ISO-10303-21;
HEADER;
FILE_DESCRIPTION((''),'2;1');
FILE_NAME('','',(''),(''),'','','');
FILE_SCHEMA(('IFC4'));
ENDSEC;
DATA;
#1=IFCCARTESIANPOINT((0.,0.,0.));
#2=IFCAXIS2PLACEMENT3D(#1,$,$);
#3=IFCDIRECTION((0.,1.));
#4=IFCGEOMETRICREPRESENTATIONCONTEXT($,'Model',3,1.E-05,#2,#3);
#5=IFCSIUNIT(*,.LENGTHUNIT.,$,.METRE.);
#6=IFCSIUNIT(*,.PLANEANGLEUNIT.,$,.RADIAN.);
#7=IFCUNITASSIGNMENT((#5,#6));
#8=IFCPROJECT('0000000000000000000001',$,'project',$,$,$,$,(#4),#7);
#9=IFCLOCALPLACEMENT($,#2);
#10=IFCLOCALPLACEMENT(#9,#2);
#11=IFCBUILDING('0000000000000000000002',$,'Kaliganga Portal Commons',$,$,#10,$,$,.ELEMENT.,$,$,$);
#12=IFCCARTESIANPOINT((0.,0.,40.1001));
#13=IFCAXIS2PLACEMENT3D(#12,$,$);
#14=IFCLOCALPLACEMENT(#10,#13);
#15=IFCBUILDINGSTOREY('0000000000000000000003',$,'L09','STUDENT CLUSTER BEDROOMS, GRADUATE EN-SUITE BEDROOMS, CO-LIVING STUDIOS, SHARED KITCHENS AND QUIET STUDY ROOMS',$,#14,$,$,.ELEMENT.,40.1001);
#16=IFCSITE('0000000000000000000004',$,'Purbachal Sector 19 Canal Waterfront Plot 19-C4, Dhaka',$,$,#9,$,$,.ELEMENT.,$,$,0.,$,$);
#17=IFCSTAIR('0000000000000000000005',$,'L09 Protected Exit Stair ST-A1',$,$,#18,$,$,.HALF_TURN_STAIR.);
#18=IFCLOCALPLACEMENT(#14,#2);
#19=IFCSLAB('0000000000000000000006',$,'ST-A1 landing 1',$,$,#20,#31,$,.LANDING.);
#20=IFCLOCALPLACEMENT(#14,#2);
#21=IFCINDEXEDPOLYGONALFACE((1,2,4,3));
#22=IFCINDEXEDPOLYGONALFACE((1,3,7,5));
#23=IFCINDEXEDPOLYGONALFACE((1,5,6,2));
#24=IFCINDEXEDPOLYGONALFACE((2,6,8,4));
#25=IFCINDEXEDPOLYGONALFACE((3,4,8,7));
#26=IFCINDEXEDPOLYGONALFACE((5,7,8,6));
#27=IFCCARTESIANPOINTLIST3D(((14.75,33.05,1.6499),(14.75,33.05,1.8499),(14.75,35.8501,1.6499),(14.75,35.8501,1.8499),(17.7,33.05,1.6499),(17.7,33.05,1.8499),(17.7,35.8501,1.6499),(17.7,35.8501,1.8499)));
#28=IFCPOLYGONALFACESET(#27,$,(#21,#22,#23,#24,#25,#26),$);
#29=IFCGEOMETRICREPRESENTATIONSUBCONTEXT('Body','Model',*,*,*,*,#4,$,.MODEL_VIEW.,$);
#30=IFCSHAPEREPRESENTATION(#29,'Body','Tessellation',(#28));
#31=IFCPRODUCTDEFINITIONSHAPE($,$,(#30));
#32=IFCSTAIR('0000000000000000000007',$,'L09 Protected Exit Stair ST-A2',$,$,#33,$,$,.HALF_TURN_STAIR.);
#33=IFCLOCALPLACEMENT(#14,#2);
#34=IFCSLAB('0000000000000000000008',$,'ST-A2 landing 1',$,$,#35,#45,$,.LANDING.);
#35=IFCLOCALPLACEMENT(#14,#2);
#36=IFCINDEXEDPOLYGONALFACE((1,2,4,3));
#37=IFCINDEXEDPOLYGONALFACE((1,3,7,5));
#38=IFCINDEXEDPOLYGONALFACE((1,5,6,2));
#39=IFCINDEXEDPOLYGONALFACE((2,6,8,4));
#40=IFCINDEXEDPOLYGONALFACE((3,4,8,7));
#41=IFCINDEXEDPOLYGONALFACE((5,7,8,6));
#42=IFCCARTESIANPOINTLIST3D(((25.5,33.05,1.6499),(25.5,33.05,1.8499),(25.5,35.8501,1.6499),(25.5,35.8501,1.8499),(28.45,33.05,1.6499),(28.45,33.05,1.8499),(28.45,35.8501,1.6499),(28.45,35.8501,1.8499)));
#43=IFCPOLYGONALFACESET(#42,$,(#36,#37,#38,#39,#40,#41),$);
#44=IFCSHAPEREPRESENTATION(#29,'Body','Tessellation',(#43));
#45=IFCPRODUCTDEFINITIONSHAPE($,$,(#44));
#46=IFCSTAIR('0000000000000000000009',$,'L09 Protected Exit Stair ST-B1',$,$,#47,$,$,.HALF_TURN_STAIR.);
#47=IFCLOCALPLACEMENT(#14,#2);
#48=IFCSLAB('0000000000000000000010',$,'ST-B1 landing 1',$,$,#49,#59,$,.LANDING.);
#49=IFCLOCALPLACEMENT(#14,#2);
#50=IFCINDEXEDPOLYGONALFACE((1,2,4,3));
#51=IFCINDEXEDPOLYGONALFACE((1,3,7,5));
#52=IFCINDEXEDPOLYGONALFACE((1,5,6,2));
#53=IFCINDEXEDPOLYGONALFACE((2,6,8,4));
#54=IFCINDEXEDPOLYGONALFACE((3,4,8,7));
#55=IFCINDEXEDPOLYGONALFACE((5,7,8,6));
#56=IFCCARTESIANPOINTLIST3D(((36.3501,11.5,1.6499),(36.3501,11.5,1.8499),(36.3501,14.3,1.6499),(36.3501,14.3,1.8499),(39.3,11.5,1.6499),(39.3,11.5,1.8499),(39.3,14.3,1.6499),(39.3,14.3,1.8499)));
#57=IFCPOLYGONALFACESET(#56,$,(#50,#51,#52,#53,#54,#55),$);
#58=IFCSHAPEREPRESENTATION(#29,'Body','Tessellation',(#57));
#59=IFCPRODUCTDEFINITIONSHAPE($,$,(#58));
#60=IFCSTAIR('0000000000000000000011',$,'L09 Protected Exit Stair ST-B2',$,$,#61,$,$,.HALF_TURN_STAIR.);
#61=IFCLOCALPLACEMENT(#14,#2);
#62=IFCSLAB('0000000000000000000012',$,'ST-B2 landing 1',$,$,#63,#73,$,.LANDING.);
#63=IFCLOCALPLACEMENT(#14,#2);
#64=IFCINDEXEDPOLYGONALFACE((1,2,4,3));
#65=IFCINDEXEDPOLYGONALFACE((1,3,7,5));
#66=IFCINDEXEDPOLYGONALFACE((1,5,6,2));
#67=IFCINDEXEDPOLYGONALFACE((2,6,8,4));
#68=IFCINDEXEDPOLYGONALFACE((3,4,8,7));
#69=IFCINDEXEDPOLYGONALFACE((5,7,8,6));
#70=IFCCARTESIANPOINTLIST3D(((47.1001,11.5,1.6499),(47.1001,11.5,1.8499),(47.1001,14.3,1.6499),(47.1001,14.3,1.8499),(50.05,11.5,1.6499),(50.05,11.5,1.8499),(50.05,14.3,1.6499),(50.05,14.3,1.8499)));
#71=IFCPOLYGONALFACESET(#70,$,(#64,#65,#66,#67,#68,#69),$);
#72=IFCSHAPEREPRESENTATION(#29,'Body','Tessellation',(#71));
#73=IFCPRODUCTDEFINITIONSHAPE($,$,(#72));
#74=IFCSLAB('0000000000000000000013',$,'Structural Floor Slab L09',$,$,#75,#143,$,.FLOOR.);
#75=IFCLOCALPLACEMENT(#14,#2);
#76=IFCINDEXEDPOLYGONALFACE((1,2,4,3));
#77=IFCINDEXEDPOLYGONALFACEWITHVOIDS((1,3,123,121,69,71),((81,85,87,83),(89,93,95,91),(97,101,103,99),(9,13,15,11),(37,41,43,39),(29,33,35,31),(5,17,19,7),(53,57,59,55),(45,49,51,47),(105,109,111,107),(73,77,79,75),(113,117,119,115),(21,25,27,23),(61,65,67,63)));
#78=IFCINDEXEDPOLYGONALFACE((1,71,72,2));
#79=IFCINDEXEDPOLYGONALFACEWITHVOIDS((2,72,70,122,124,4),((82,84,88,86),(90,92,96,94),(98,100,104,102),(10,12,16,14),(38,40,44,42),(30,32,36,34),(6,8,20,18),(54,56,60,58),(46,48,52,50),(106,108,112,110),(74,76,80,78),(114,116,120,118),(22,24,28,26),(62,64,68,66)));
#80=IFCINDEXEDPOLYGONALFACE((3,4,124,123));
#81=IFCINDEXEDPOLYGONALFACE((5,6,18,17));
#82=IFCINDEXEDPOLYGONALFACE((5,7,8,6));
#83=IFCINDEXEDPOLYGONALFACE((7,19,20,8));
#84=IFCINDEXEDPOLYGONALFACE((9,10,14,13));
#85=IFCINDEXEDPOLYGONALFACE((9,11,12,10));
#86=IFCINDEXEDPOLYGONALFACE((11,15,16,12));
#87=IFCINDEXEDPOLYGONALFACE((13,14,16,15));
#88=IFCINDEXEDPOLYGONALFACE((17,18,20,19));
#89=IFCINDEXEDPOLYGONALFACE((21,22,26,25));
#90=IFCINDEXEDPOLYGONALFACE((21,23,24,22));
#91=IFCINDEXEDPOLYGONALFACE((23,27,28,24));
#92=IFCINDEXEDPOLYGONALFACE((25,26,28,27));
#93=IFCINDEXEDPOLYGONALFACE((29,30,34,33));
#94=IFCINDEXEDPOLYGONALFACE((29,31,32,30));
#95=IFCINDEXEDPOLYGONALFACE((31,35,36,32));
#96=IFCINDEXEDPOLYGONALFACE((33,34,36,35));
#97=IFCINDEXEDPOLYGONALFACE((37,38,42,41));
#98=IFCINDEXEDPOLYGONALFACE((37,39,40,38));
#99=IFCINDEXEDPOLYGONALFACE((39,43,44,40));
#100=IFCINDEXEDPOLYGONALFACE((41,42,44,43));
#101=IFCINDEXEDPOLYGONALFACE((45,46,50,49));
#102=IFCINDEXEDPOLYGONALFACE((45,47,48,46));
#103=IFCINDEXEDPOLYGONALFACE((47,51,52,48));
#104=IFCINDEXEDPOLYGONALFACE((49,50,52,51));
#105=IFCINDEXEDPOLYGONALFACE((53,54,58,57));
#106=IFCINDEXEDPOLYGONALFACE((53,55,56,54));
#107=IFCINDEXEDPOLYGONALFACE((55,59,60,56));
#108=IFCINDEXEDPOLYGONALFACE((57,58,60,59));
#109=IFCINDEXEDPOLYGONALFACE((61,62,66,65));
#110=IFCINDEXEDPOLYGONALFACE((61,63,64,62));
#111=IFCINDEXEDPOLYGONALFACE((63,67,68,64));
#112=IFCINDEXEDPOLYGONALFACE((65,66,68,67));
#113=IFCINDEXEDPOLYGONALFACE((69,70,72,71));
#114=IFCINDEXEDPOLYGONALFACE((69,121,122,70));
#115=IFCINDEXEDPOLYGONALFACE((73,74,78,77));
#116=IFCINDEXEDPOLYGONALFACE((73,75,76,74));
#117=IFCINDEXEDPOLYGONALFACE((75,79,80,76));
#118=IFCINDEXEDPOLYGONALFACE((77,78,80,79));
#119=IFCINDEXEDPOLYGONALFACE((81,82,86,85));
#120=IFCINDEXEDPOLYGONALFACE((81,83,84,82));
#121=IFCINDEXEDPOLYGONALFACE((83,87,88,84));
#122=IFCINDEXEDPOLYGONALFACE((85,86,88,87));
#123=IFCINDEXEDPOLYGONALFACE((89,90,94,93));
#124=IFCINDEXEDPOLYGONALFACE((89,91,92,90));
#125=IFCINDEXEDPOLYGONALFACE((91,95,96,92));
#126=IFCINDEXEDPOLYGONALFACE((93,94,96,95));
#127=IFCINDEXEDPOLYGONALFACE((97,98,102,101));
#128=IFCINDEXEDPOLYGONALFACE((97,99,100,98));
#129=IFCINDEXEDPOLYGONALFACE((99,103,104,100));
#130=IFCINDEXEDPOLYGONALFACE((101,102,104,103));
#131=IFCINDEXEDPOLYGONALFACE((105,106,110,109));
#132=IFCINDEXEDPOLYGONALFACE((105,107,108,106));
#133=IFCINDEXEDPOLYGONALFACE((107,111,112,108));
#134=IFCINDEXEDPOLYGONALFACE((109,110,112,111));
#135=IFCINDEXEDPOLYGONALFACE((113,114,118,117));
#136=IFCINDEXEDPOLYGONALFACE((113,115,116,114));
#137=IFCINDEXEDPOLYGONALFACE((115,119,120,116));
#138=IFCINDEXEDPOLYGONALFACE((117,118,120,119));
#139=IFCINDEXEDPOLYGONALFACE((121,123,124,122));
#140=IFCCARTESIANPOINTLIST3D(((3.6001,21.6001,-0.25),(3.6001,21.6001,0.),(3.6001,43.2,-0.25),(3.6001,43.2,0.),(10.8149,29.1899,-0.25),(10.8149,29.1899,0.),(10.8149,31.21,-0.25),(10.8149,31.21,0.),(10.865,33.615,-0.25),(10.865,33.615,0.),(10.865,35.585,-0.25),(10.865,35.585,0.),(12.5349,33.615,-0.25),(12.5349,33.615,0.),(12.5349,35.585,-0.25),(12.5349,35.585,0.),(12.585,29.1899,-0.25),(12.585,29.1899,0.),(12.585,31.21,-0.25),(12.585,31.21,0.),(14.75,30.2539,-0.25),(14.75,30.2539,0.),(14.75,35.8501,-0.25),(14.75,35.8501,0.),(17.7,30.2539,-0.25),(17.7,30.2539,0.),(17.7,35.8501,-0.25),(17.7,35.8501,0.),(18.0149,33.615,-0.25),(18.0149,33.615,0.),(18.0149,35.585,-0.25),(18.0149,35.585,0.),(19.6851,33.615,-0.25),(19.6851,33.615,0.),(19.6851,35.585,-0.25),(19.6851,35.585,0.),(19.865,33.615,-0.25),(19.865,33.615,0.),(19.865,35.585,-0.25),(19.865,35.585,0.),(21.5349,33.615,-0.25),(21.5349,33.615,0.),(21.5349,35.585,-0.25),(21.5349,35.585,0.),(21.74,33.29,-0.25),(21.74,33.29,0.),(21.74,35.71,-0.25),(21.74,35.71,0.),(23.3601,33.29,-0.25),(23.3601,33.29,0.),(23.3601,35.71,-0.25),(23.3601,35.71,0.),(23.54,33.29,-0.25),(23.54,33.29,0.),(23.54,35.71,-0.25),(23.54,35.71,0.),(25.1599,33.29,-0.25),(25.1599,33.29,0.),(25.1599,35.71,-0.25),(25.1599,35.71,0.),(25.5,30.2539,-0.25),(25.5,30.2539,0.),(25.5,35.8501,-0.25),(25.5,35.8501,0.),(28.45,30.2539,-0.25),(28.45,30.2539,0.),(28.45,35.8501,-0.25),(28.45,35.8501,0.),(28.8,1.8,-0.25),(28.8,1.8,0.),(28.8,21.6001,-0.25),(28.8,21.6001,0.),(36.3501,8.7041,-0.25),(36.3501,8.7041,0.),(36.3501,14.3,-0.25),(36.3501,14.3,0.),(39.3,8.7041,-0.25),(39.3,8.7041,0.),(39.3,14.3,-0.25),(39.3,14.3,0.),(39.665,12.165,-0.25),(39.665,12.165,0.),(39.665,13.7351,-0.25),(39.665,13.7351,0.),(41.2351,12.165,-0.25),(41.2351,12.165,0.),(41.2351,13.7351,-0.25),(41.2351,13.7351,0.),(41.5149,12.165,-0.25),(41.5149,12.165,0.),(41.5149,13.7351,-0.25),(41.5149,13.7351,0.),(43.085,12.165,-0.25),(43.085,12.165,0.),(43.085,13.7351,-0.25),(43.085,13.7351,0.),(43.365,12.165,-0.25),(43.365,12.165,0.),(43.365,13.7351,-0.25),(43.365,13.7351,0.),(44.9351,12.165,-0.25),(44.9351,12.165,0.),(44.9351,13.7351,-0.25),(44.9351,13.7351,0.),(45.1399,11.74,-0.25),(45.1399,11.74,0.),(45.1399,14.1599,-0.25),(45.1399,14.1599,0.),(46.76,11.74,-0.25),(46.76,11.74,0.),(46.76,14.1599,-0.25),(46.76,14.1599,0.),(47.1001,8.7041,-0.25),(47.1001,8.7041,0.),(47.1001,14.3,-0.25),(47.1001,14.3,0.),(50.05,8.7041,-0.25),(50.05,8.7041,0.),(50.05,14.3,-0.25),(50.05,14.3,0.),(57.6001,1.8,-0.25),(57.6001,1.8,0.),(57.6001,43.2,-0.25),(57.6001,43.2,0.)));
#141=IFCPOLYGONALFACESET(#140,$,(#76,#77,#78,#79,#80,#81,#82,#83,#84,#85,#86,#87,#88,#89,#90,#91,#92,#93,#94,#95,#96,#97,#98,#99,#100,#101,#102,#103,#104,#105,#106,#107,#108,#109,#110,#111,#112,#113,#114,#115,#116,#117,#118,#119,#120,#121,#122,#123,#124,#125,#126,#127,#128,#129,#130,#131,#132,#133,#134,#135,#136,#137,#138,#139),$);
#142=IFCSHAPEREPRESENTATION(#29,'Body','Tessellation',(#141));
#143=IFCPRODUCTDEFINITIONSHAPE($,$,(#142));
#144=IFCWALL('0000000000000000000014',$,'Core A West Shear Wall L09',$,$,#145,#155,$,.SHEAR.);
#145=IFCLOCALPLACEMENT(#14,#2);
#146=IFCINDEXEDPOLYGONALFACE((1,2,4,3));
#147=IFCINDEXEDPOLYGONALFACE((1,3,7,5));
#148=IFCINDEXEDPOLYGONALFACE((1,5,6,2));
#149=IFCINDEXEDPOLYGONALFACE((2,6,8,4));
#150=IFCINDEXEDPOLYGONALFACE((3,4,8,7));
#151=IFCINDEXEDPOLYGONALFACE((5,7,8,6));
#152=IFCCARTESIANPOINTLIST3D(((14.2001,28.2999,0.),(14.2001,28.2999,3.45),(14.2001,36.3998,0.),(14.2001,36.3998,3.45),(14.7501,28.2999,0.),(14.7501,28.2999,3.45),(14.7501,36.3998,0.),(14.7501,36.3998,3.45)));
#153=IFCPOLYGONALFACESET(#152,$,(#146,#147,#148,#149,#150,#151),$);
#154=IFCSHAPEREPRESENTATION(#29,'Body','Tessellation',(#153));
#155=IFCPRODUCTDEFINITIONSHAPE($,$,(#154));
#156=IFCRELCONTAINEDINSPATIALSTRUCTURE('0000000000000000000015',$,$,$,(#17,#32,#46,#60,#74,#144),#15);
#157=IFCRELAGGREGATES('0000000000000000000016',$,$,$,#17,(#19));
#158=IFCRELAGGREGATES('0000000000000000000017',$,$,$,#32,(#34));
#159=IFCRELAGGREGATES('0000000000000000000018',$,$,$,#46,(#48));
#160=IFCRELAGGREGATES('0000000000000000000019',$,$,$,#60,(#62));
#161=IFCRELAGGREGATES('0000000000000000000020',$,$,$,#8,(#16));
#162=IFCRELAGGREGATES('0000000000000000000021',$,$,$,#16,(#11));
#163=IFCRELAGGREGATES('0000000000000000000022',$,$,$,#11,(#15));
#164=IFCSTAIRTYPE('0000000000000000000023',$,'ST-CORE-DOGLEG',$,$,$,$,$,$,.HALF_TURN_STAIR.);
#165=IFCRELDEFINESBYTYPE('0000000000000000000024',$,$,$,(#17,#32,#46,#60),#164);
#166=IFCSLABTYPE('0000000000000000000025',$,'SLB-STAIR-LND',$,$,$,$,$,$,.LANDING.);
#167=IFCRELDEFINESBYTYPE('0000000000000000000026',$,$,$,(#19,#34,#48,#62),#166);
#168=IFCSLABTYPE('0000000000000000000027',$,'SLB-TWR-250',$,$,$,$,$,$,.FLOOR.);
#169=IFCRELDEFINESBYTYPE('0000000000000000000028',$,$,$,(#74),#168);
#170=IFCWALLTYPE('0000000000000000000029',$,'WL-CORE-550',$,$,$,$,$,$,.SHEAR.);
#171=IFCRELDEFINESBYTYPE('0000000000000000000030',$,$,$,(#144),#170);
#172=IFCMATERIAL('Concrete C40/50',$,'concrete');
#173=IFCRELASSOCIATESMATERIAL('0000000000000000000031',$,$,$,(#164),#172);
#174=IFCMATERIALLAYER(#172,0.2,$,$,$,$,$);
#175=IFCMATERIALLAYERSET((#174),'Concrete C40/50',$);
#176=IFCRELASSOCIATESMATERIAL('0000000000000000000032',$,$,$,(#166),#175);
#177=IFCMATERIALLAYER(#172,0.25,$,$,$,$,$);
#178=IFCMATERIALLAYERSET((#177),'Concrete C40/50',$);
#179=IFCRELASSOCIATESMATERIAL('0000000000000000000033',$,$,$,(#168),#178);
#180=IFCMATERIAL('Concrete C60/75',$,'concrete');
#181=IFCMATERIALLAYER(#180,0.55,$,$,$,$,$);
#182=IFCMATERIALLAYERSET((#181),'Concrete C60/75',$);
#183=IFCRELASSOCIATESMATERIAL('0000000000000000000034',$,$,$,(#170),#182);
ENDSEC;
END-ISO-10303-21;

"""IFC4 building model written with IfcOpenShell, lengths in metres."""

from ifc_helpers import new_model, si_unit, direction, frame, frame_2d, origin, place, context, subcontext, project, spatial, polyline, rectangle, outline, extrude, material, layer, layer_set, type_object, element, aggregate, save


model = new_model("IFC4")

# Units and contexts
model_context = context("Model", 3, precision=1e-05, world=origin(), true_north=direction((0.0, 1.0)))
body_context = subcontext(model_context, "Body", "Model", "MODEL_VIEW")
ifc_project = project(units=[si_unit("LENGTHUNIT", "METRE"), si_unit("PLANEANGLEUNIT", "RADIAN")], contexts=[model_context])

# Site, building, storey
site_placement = place(None, origin())
site = spatial("IfcSite", under=ifc_project, at=site_placement, Name="Purbachal Sector 19 Canal Waterfront Plot 19-C4, Dhaka", CompositionType="ELEMENT", RefElevation=0.0)
building_placement = place(site_placement, origin())
building = spatial("IfcBuilding", under=site, at=building_placement, Name="Kaliganga Portal Commons", CompositionType="ELEMENT")
storey_placement = place(building_placement, frame((0.0, 0.0, 40.1001)))
storey = spatial("IfcBuildingStorey", under=building, at=storey_placement, Name="L09", Description="STUDENT CLUSTER BEDROOMS, GRADUATE EN-SUITE BEDROOMS, CO-LIVING STUDIOS, SHARED KITCHENS AND QUIET STUDY ROOMS", CompositionType="ELEMENT", Elevation=40.1001)

# Shared definitions
ifc_material_1 = material(Name="Concrete C40/50", Category="concrete")

# Stairs, slabs
stair_type = type_object("IfcStairType", Name="ST-CORE-DOGLEG", PredefinedType="HALF_TURN_STAIR", material=ifc_material_1)
stair_1_placement = place(storey_placement, origin())
stair_1 = element("IfcStair", 1, at=stair_1_placement, inside=storey, type_object=stair_type, Name="L09 Protected Exit Stair ST-A1", PredefinedType="HALF_TURN_STAIR")
ifc_layer_1 = layer(ifc_material_1, 0.2)
ifc_layer_set_1 = layer_set([ifc_layer_1], Name="Concrete C40/50")
slab_type_1 = type_object("IfcSlabType", Name="SLB-STAIR-LND", PredefinedType="LANDING", material=ifc_layer_set_1)
slab_1_placement = place(storey_placement, frame((0.0, 0.0, 1.6499)))
slab_1 = element("IfcSlab", 2, at=slab_1_placement, type_object=slab_type_1, Name="ST-A1 landing 1", PredefinedType="LANDING", context=body_context, shape_type="SweptSolid", body=[
    extrude(outline(polyline([(17.7, 33.05), (17.7, 35.8501), (14.75, 35.8501), (14.75, 33.05), (17.7, 33.05)])), origin(), (0.0, 0.0, 1.0), 0.2),
])
aggregate(stair_1, [slab_1])
stair_2_placement = place(storey_placement, origin())
stair_2 = element("IfcStair", 3, at=stair_2_placement, inside=storey, type_object=stair_type, Name="L09 Protected Exit Stair ST-A2", PredefinedType="HALF_TURN_STAIR")
slab_2_placement = place(storey_placement, frame((0.0, 0.0, 1.6499)))
slab_2 = element("IfcSlab", 4, at=slab_2_placement, type_object=slab_type_1, Name="ST-A2 landing 1", PredefinedType="LANDING", context=body_context, shape_type="SweptSolid", body=[
    extrude(outline(polyline([(28.45, 33.05), (28.45, 35.8501), (25.5, 35.8501), (25.5, 33.05), (28.45, 33.05)])), origin(), (0.0, 0.0, 1.0), 0.2),
])
aggregate(stair_2, [slab_2])
stair_3_placement = place(storey_placement, origin())
stair_3 = element("IfcStair", 5, at=stair_3_placement, inside=storey, type_object=stair_type, Name="L09 Protected Exit Stair ST-B1", PredefinedType="HALF_TURN_STAIR")
slab_3_placement = place(storey_placement, frame((0.0, 0.0, 1.6499)))
slab_3 = element("IfcSlab", 6, at=slab_3_placement, type_object=slab_type_1, Name="ST-B1 landing 1", PredefinedType="LANDING", context=body_context, shape_type="SweptSolid", body=[
    extrude(outline(polyline([(39.3, 11.5), (39.3, 14.3), (36.3501, 14.3), (36.3501, 11.5), (39.3, 11.5)])), origin(), (0.0, 0.0, 1.0), 0.2),
])
aggregate(stair_3, [slab_3])
stair_4_placement = place(storey_placement, origin())
stair_4 = element("IfcStair", 7, at=stair_4_placement, inside=storey, type_object=stair_type, Name="L09 Protected Exit Stair ST-B2", PredefinedType="HALF_TURN_STAIR")
slab_4_placement = place(storey_placement, frame((0.0, 0.0, 1.6499)))
slab_4 = element("IfcSlab", 8, at=slab_4_placement, type_object=slab_type_1, Name="ST-B2 landing 1", PredefinedType="LANDING", context=body_context, shape_type="SweptSolid", body=[
    extrude(outline(polyline([(50.05, 11.5), (50.05, 14.3), (47.1001, 14.3), (47.1001, 11.5), (50.05, 11.5)])), origin(), (0.0, 0.0, 1.0), 0.2),
])
aggregate(stair_4, [slab_4])

# Slab
ifc_layer_2 = layer(ifc_material_1, 0.25)
ifc_layer_set_2 = layer_set([ifc_layer_2], Name="Concrete C40/50")
slab_type_2 = type_object("IfcSlabType", Name="SLB-TWR-250", PredefinedType="FLOOR", material=ifc_layer_set_2)
slab_5_placement = place(storey_placement, frame((0.0, 0.0, -0.25)))
element("IfcSlab", 9, at=slab_5_placement, inside=storey, type_object=slab_type_2, Name="Structural Floor Slab L09", PredefinedType="FLOOR", context=body_context, shape_type="SweptSolid", body=[
    extrude(outline(polyline([(28.8, 1.8), (57.6001, 1.8), (57.6001, 43.2), (3.6001, 43.2), (3.6001, 21.6001), (28.8, 21.6001), (28.8, 1.8)]), holes=[polyline([(14.75, 30.2539), (14.75, 35.8501), (17.7, 35.8501), (17.7, 30.2539), (14.75, 30.2539)]), polyline([(25.5, 30.2539), (25.5, 35.8501), (28.45, 35.8501), (28.45, 30.2539), (25.5, 30.2539)]), polyline([(36.3501, 8.7041), (36.3501, 14.3), (39.3, 14.3), (39.3, 8.7041), (36.3501, 8.7041)]), polyline([(47.1001, 8.7041), (47.1001, 14.3), (50.05, 14.3), (50.05, 8.7041), (47.1001, 8.7041)]), polyline([(18.0149, 33.615), (18.0149, 35.585), (19.6851, 35.585), (19.6851, 33.615), (18.0149, 33.615)]), polyline([(19.865, 33.615), (19.865, 35.585), (21.5349, 35.585), (21.5349, 33.615), (19.865, 33.615)]), polyline([(10.8149, 29.1899), (10.8149, 31.21), (12.585, 31.21), (12.585, 29.1899), (10.8149, 29.1899)]), polyline([(10.865, 33.615), (10.865, 35.585), (12.5349, 35.585), (12.5349, 33.615), (10.865, 33.615)]), polyline([(21.74, 33.29), (21.74, 35.71), (23.3601, 35.71), (23.3601, 33.29), (21.74, 33.29)]), polyline([(23.54, 33.29), (23.54, 35.71), (25.1599, 35.71), (25.1599, 33.29), (23.54, 33.29)]), polyline([(39.665, 12.165), (39.665, 13.7351), (41.2351, 13.7351), (41.2351, 12.165), (39.665, 12.165)]), polyline([(41.5149, 12.165), (41.5149, 13.7351), (43.085, 13.7351), (43.085, 12.165), (41.5149, 12.165)]), polyline([(43.365, 12.165), (43.365, 13.7351), (44.9351, 13.7351), (44.9351, 12.165), (43.365, 12.165)]), polyline([(45.1399, 11.74), (45.1399, 14.1599), (46.76, 14.1599), (46.76, 11.74), (45.1399, 11.74)])]), origin(), (0.0, 0.0, 1.0), 0.25),
])

# Wall
ifc_material_2 = material(Name="Concrete C60/75", Category="concrete")
ifc_layer_3 = layer(ifc_material_2, 0.55)
ifc_layer_set_3 = layer_set([ifc_layer_3], Name="Concrete C60/75")
wall_type_1 = type_object("IfcWallType", Name="WL-CORE-550", PredefinedType="SHEAR", material=ifc_layer_set_3)
wall_1_placement = place(storey_placement, frame((14.4751, 28.3, 0.0), z_axis=(0.0, 0.0, 1.0), x_axis=(0.0, 1.0, 0.0)))
element("IfcWall", 10, at=wall_1_placement, inside=storey, type_object=wall_type_1, Name="Core A West Shear Wall L09", PredefinedType="SHEAR", context=body_context, shape_type="SweptSolid", body=[
    extrude(rectangle(XDim=8.0999, YDim=0.55, at=frame_2d((4.0498, 0.0))), origin(), (0.0, 0.0, 1.0), 3.45),
])

save(model, "model.ifc")
